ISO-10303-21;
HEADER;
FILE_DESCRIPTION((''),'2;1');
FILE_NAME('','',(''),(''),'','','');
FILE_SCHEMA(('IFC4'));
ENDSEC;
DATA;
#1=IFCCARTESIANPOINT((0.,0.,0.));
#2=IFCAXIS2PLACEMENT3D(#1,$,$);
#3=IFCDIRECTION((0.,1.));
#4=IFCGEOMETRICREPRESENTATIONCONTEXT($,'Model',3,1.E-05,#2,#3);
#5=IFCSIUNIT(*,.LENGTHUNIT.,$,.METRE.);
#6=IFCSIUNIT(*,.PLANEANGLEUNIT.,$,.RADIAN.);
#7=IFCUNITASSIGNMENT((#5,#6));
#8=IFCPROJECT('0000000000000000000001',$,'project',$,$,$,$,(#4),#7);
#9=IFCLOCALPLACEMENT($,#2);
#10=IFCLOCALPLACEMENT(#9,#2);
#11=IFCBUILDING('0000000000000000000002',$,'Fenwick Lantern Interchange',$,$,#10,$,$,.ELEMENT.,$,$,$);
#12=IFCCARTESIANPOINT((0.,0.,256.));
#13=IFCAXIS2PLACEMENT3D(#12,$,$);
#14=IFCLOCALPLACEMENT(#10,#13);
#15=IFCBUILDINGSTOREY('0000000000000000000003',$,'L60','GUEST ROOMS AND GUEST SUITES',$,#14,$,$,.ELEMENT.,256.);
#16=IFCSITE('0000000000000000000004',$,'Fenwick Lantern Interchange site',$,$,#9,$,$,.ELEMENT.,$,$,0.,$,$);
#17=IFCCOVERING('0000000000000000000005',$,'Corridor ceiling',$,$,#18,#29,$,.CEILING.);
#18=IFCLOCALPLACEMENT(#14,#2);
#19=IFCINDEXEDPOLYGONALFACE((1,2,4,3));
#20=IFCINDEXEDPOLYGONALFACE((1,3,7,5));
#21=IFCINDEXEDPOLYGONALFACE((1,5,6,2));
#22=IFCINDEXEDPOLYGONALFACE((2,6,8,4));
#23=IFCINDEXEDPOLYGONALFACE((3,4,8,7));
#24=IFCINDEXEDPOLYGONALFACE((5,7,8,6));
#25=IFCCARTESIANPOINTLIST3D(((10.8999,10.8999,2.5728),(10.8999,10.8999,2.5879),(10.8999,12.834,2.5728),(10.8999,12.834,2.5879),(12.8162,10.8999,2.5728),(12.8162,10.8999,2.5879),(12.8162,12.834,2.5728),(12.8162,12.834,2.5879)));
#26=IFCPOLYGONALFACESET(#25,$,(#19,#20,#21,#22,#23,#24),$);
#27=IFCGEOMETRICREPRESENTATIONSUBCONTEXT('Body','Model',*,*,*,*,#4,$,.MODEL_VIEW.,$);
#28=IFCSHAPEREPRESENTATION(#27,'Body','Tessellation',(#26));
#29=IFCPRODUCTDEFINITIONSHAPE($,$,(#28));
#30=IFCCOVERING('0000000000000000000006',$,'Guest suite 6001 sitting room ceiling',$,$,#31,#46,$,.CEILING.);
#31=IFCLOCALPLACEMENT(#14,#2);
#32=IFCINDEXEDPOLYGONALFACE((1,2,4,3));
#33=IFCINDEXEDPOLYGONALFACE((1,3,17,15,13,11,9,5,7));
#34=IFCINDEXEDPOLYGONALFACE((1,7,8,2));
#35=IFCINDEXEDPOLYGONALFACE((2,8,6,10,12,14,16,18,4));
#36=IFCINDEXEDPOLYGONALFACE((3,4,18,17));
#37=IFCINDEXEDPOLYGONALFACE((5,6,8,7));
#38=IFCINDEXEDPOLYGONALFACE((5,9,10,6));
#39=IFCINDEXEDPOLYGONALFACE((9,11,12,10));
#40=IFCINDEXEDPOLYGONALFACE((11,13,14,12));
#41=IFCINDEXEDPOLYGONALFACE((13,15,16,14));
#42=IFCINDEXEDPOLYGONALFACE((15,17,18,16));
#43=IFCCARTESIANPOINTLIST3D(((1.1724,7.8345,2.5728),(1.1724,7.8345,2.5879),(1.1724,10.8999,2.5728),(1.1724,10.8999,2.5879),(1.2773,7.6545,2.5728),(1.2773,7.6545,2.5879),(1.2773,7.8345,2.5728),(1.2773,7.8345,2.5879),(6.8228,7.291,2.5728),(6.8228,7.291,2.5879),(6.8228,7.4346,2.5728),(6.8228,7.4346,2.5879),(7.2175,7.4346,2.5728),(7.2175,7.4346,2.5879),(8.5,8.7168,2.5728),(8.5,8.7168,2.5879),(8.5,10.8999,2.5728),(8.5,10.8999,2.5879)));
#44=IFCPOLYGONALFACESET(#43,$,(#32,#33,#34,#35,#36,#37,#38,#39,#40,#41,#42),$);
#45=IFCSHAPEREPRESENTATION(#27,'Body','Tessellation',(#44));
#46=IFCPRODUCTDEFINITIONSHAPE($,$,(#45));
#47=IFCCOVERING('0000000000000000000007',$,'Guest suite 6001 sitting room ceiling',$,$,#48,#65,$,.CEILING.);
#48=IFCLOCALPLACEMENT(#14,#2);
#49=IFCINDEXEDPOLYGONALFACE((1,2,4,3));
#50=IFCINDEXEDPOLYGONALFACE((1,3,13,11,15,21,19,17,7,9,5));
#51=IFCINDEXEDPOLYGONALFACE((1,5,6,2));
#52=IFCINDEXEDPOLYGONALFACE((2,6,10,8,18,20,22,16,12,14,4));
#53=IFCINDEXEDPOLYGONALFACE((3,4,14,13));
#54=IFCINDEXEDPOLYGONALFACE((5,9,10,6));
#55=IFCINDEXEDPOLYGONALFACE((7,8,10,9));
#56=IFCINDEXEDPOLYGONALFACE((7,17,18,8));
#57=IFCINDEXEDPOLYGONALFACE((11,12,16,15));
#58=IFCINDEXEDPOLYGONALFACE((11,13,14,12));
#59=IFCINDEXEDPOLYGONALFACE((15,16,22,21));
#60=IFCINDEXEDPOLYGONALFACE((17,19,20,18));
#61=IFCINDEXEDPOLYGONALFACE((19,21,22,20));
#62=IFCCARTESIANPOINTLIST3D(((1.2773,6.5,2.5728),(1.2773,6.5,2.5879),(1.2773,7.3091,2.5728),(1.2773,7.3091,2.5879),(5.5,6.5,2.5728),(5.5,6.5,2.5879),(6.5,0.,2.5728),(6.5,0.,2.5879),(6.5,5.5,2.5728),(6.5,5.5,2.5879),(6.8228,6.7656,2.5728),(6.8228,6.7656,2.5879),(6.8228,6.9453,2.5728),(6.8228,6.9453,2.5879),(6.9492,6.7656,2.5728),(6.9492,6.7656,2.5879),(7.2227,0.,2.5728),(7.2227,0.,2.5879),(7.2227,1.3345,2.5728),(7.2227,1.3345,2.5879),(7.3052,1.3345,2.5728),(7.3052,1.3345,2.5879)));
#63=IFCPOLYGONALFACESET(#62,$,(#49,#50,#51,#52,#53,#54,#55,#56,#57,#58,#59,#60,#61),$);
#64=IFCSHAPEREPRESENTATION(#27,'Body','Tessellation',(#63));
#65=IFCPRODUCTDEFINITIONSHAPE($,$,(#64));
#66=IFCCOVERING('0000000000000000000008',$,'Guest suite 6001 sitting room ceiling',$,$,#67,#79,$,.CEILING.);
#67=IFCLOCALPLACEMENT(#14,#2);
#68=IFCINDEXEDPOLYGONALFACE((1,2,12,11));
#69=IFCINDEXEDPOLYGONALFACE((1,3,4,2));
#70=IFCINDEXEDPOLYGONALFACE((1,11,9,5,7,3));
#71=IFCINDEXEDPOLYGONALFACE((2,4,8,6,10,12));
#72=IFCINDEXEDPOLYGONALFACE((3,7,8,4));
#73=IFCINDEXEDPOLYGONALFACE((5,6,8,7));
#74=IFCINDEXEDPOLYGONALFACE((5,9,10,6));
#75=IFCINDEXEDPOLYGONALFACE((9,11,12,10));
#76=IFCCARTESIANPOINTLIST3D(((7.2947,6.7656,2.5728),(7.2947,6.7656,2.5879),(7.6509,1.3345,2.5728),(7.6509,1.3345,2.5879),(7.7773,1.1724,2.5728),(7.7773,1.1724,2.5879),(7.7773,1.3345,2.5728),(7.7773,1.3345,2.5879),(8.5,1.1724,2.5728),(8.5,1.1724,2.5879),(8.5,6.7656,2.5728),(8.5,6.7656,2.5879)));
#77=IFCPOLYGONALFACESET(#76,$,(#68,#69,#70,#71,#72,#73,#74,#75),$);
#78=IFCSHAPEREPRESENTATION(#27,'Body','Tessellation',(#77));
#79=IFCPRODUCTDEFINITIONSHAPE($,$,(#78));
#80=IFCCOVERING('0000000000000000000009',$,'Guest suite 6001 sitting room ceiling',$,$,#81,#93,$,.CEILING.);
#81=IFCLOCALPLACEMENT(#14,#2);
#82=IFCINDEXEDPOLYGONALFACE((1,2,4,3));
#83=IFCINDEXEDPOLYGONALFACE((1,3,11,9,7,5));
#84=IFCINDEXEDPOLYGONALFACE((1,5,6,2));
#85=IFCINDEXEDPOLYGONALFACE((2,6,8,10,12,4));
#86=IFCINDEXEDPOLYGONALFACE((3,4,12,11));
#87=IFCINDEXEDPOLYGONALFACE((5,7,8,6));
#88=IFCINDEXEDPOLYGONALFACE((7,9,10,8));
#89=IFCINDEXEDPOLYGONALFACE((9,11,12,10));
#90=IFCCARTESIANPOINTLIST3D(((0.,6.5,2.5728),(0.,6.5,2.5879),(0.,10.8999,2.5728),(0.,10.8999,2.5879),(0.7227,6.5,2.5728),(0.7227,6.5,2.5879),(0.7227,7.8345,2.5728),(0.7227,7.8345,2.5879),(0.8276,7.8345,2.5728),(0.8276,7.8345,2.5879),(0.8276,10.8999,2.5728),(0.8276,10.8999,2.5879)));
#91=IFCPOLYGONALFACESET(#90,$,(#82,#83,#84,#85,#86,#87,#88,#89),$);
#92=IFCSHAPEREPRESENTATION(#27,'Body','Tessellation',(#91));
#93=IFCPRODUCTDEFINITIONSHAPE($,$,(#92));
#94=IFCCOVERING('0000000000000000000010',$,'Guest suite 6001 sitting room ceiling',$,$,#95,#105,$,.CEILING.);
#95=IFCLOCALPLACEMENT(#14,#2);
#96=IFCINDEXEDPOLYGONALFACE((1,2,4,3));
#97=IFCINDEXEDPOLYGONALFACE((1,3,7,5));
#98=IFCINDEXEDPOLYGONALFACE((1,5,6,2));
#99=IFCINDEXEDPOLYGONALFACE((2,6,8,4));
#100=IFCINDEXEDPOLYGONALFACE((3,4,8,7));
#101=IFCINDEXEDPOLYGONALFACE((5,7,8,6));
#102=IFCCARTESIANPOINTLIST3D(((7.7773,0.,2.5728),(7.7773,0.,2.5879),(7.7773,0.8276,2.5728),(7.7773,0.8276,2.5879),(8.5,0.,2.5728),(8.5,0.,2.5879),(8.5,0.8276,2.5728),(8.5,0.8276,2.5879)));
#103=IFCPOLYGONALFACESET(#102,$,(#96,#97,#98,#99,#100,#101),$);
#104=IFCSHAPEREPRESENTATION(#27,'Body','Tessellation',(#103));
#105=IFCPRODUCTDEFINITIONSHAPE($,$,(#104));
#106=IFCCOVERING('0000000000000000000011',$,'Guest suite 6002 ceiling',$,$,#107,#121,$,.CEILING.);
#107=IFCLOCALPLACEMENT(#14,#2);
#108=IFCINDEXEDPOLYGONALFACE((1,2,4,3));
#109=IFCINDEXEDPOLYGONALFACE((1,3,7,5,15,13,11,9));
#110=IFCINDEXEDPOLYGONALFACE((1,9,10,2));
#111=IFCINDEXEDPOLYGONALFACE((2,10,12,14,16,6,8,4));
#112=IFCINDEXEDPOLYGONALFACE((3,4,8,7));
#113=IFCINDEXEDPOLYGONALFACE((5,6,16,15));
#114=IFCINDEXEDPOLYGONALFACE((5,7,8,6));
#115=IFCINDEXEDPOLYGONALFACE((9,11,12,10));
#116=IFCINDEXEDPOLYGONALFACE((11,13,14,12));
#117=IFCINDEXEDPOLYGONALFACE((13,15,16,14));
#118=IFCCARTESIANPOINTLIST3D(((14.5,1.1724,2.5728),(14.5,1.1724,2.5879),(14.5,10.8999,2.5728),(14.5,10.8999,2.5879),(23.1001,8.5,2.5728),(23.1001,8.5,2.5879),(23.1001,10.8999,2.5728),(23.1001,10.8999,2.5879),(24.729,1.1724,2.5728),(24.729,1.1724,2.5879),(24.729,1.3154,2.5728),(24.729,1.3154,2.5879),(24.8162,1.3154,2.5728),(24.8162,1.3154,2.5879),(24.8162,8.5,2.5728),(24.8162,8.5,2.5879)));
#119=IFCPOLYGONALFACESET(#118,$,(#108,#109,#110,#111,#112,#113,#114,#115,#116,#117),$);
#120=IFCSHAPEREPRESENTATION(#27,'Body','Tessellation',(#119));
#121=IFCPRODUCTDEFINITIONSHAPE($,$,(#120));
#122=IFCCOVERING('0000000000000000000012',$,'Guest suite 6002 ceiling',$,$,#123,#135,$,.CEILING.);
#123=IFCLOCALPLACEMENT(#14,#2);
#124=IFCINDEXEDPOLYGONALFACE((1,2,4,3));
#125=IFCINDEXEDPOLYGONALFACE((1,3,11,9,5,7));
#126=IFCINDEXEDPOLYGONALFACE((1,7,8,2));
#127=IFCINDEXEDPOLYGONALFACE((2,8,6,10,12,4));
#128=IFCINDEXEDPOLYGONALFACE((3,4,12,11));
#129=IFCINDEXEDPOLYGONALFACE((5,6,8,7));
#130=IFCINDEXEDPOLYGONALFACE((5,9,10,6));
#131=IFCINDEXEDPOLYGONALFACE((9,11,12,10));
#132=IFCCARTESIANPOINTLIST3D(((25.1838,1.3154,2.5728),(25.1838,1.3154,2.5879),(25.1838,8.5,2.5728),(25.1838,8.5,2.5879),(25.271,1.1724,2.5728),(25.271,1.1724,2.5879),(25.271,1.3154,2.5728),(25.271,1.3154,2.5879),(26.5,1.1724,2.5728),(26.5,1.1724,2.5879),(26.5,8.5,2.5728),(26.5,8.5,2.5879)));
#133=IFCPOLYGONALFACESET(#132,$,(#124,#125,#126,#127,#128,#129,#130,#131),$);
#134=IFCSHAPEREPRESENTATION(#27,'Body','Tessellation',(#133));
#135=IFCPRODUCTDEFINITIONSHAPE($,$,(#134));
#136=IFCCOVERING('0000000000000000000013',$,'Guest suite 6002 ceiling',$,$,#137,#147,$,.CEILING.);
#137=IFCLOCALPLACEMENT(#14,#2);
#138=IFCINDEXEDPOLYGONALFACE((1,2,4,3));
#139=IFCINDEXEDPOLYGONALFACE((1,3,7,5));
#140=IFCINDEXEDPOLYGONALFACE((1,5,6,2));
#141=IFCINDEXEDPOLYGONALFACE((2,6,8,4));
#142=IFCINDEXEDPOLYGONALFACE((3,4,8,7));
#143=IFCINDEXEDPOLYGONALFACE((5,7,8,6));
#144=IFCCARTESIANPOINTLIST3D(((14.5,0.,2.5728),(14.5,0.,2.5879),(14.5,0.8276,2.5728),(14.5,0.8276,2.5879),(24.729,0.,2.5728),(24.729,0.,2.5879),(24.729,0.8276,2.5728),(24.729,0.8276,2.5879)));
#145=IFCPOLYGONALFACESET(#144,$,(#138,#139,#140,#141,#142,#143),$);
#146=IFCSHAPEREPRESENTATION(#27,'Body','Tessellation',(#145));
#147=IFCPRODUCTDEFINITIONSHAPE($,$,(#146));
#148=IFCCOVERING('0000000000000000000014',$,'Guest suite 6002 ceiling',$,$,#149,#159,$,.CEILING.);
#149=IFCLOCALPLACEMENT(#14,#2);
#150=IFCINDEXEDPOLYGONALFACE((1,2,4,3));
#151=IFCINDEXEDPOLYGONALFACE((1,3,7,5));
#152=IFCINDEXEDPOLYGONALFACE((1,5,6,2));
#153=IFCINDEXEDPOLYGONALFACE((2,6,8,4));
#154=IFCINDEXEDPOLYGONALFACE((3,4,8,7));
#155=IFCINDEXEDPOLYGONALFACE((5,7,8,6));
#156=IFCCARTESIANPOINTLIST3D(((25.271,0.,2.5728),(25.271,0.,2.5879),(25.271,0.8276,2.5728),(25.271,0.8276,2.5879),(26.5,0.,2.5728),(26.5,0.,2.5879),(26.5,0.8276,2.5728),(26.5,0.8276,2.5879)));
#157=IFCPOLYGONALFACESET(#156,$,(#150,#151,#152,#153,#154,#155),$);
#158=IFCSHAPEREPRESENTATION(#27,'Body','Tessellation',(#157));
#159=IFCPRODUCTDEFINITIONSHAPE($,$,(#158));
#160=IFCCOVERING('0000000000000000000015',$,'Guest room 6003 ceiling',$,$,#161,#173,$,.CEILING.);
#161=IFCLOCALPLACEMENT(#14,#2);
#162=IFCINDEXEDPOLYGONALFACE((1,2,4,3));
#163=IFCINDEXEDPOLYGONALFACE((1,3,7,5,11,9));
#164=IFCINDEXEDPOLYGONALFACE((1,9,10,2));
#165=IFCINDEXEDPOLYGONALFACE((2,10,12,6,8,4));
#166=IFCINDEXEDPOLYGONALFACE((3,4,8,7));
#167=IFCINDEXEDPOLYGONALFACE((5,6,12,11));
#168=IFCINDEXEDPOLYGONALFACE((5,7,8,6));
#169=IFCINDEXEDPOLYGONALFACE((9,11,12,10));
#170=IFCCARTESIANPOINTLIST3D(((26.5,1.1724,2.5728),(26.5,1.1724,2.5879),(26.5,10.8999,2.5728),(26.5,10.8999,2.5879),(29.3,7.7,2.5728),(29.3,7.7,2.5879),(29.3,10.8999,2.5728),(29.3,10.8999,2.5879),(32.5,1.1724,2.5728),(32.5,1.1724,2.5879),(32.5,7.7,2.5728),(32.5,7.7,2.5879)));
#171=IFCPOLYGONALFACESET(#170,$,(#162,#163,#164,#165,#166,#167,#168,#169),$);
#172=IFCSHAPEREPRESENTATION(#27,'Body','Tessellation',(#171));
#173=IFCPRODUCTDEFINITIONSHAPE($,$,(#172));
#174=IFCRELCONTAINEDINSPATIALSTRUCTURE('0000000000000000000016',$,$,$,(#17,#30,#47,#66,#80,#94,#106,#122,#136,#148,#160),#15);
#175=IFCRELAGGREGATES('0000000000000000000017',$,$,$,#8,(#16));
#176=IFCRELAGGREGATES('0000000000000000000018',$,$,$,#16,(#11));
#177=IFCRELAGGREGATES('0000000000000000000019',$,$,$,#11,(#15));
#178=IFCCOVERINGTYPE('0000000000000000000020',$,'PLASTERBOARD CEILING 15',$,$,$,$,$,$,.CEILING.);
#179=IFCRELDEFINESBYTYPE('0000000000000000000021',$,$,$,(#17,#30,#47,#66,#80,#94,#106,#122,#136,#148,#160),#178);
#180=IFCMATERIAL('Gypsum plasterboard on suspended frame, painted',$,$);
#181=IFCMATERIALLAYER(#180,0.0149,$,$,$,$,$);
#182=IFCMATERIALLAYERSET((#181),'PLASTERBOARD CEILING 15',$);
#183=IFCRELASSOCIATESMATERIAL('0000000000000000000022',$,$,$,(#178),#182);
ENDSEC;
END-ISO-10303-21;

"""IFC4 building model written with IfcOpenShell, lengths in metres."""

from ifc_helpers import new_model, si_unit, direction, frame, origin, place, context, subcontext, project, spatial, polyline, outline, extrude, material, layer, layer_set, type_object, element, save


model = new_model("IFC4")

# Units and contexts
model_context = context("Model", 3, precision=1e-05, world=origin(), true_north=direction((0.0, 1.0)))
body_context = subcontext(model_context, "Body", "Model", "MODEL_VIEW")
ifc_project = project(units=[si_unit("LENGTHUNIT", "METRE"), si_unit("PLANEANGLEUNIT", "RADIAN")], contexts=[model_context])

# Site, building, storey
site_placement = place(None, origin())
site = spatial("IfcSite", under=ifc_project, at=site_placement, Name="Fenwick Lantern Interchange site", CompositionType="ELEMENT", RefElevation=0.0)
building_placement = place(site_placement, origin())
building = spatial("IfcBuilding", under=site, at=building_placement, Name="Fenwick Lantern Interchange", CompositionType="ELEMENT")
storey_placement = place(building_placement, frame((0.0, 0.0, 256.0)))
storey = spatial("IfcBuildingStorey", under=building, at=storey_placement, Name="L60", Description="GUEST ROOMS AND GUEST SUITES", CompositionType="ELEMENT", Elevation=256.0)

# Coverings
ifc_material_1 = material(Name="Gypsum plasterboard on suspended frame, painted")
ifc_layer_1 = layer(ifc_material_1, 0.0149)
ifc_layer_set_1 = layer_set([ifc_layer_1], Name="PLASTERBOARD CEILING 15")
covering_type_1 = type_object("IfcCoveringType", Name="PLASTERBOARD CEILING 15", PredefinedType="CEILING", material=ifc_layer_set_1)
covering_1_placement = place(storey_placement, frame((0.0, 0.0, 2.5728)))
element("IfcCovering", 1, at=covering_1_placement, inside=storey, type_object=covering_type_1, Name="Corridor ceiling", PredefinedType="CEILING", context=body_context, shape_type="SweptSolid", body=[
    extrude(outline(polyline([(10.8999, 10.8999), (12.8162, 10.8999), (12.8162, 12.834), (10.8999, 12.834), (10.8999, 10.8999)])), origin(), (0.0, 0.0, 1.0), 0.0151),
])
covering_2_placement = place(storey_placement, frame((0.0, 0.0, 2.5728)))
element("IfcCovering", 2, at=covering_2_placement, inside=storey, type_object=covering_type_1, Name="Guest suite 6001 sitting room ceiling", PredefinedType="CEILING", context=body_context, shape_type="SweptSolid", body=[
    extrude(outline(polyline([(1.1724, 7.8345), (1.2773, 7.8345), (1.2773, 7.6545), (6.8228, 7.291), (6.8228, 7.4346), (7.2175, 7.4346), (8.5, 8.7168), (8.5, 10.8999), (1.1724, 10.8999), (1.1724, 7.8345)])), origin(), (0.0, 0.0, 1.0), 0.0151),
])
covering_3_placement = place(storey_placement, frame((0.0, 0.0, 2.5728)))
element("IfcCovering", 3, at=covering_3_placement, inside=storey, type_object=covering_type_1, Name="Guest suite 6001 sitting room ceiling", PredefinedType="CEILING", context=body_context, shape_type="SweptSolid", body=[
    extrude(outline(polyline([(6.8228, 6.7656), (6.8228, 6.9453), (1.2773, 7.3091), (1.2773, 6.5), (5.5, 6.5), (6.5, 5.5), (6.5, 0.0), (7.2227, 0.0), (7.2227, 1.3345), (7.3052, 1.3345), (6.9492, 6.7656), (6.8228, 6.7656)])), origin(), (0.0, 0.0, 1.0), 0.0151),
])
covering_4_placement = place(storey_placement, frame((0.0, 0.0, 2.5728)))
element("IfcCovering", 4, at=covering_4_placement, inside=storey, type_object=covering_type_1, Name="Guest suite 6001 sitting room ceiling", PredefinedType="CEILING", context=body_context, shape_type="SweptSolid", body=[
    extrude(outline(polyline([(8.5, 6.7656), (7.2947, 6.7656), (7.6509, 1.3345), (7.7773, 1.3345), (7.7773, 1.1724), (8.5, 1.1724), (8.5, 6.7656)])), origin(), (0.0, 0.0, 1.0), 0.0151),
])
covering_5_placement = place(storey_placement, frame((0.0, 0.0, 2.5728)))
element("IfcCovering", 5, at=covering_5_placement, inside=storey, type_object=covering_type_1, Name="Guest suite 6001 sitting room ceiling", PredefinedType="CEILING", context=body_context, shape_type="SweptSolid", body=[
    extrude(outline(polyline([(0.7227, 7.8345), (0.8276, 7.8345), (0.8276, 10.8999), (0.0, 10.8999), (0.0, 6.5), (0.7227, 6.5), (0.7227, 7.8345)])), origin(), (0.0, 0.0, 1.0), 0.0151),
])
covering_6_placement = place(storey_placement, frame((0.0, 0.0, 2.5728)))
element("IfcCovering", 6, at=covering_6_placement, inside=storey, type_object=covering_type_1, Name="Guest suite 6001 sitting room ceiling", PredefinedType="CEILING", context=body_context, shape_type="SweptSolid", body=[
    extrude(outline(polyline([(8.5, 0.0), (8.5, 0.8276), (7.7773, 0.8276), (7.7773, 0.0), (8.5, 0.0)])), origin(), (0.0, 0.0, 1.0), 0.0151),
])
covering_7_placement = place(storey_placement, frame((0.0, 0.0, 2.5728)))
element("IfcCovering", 7, at=covering_7_placement, inside=storey, type_object=covering_type_1, Name="Guest suite 6002 ceiling", PredefinedType="CEILING", context=body_context, shape_type="SweptSolid", body=[
    extrude(outline(polyline([(24.729, 1.3154), (24.8162, 1.3154), (24.8162, 8.5), (23.1001, 8.5), (23.1001, 10.8999), (14.5, 10.8999), (14.5, 1.1724), (24.729, 1.1724), (24.729, 1.3154)])), origin(), (0.0, 0.0, 1.0), 0.0151),
])
covering_8_placement = place(storey_placement, frame((0.0, 0.0, 2.5728)))
element("IfcCovering", 8, at=covering_8_placement, inside=storey, type_object=covering_type_1, Name="Guest suite 6002 ceiling", PredefinedType="CEILING", context=body_context, shape_type="SweptSolid", body=[
    extrude(outline(polyline([(25.271, 1.3154), (25.271, 1.1724), (26.5, 1.1724), (26.5, 8.5), (25.1838, 8.5), (25.1838, 1.3154), (25.271, 1.3154)])), origin(), (0.0, 0.0, 1.0), 0.0151),
])
covering_9_placement = place(storey_placement, frame((0.0, 0.0, 2.5728)))
element("IfcCovering", 9, at=covering_9_placement, inside=storey, type_object=covering_type_1, Name="Guest suite 6002 ceiling", PredefinedType="CEILING", context=body_context, shape_type="SweptSolid", body=[
    extrude(outline(polyline([(24.729, 0.0), (24.729, 0.8276), (14.5, 0.8276), (14.5, 0.0), (24.729, 0.0)])), origin(), (0.0, 0.0, 1.0), 0.0151),
])
covering_10_placement = place(storey_placement, frame((0.0, 0.0, 2.5728)))
element("IfcCovering", 10, at=covering_10_placement, inside=storey, type_object=covering_type_1, Name="Guest suite 6002 ceiling", PredefinedType="CEILING", context=body_context, shape_type="SweptSolid", body=[
    extrude(outline(polyline([(25.271, 0.8276), (25.271, 0.0), (26.5, 0.0), (26.5, 0.8276), (25.271, 0.8276)])), origin(), (0.0, 0.0, 1.0), 0.0151),
])
covering_11_placement = place(storey_placement, frame((0.0, 0.0, 2.5728)))
element("IfcCovering", 11, at=covering_11_placement, inside=storey, type_object=covering_type_1, Name="Guest room 6003 ceiling", PredefinedType="CEILING", context=body_context, shape_type="SweptSolid", body=[
    extrude(outline(polyline([(26.5, 10.8999), (26.5, 1.1724), (32.5, 1.1724), (32.5, 7.7), (29.3, 7.7), (29.3, 10.8999), (26.5, 10.8999)])), origin(), (0.0, 0.0, 1.0), 0.0151),
])

save(model, "model.ifc")
